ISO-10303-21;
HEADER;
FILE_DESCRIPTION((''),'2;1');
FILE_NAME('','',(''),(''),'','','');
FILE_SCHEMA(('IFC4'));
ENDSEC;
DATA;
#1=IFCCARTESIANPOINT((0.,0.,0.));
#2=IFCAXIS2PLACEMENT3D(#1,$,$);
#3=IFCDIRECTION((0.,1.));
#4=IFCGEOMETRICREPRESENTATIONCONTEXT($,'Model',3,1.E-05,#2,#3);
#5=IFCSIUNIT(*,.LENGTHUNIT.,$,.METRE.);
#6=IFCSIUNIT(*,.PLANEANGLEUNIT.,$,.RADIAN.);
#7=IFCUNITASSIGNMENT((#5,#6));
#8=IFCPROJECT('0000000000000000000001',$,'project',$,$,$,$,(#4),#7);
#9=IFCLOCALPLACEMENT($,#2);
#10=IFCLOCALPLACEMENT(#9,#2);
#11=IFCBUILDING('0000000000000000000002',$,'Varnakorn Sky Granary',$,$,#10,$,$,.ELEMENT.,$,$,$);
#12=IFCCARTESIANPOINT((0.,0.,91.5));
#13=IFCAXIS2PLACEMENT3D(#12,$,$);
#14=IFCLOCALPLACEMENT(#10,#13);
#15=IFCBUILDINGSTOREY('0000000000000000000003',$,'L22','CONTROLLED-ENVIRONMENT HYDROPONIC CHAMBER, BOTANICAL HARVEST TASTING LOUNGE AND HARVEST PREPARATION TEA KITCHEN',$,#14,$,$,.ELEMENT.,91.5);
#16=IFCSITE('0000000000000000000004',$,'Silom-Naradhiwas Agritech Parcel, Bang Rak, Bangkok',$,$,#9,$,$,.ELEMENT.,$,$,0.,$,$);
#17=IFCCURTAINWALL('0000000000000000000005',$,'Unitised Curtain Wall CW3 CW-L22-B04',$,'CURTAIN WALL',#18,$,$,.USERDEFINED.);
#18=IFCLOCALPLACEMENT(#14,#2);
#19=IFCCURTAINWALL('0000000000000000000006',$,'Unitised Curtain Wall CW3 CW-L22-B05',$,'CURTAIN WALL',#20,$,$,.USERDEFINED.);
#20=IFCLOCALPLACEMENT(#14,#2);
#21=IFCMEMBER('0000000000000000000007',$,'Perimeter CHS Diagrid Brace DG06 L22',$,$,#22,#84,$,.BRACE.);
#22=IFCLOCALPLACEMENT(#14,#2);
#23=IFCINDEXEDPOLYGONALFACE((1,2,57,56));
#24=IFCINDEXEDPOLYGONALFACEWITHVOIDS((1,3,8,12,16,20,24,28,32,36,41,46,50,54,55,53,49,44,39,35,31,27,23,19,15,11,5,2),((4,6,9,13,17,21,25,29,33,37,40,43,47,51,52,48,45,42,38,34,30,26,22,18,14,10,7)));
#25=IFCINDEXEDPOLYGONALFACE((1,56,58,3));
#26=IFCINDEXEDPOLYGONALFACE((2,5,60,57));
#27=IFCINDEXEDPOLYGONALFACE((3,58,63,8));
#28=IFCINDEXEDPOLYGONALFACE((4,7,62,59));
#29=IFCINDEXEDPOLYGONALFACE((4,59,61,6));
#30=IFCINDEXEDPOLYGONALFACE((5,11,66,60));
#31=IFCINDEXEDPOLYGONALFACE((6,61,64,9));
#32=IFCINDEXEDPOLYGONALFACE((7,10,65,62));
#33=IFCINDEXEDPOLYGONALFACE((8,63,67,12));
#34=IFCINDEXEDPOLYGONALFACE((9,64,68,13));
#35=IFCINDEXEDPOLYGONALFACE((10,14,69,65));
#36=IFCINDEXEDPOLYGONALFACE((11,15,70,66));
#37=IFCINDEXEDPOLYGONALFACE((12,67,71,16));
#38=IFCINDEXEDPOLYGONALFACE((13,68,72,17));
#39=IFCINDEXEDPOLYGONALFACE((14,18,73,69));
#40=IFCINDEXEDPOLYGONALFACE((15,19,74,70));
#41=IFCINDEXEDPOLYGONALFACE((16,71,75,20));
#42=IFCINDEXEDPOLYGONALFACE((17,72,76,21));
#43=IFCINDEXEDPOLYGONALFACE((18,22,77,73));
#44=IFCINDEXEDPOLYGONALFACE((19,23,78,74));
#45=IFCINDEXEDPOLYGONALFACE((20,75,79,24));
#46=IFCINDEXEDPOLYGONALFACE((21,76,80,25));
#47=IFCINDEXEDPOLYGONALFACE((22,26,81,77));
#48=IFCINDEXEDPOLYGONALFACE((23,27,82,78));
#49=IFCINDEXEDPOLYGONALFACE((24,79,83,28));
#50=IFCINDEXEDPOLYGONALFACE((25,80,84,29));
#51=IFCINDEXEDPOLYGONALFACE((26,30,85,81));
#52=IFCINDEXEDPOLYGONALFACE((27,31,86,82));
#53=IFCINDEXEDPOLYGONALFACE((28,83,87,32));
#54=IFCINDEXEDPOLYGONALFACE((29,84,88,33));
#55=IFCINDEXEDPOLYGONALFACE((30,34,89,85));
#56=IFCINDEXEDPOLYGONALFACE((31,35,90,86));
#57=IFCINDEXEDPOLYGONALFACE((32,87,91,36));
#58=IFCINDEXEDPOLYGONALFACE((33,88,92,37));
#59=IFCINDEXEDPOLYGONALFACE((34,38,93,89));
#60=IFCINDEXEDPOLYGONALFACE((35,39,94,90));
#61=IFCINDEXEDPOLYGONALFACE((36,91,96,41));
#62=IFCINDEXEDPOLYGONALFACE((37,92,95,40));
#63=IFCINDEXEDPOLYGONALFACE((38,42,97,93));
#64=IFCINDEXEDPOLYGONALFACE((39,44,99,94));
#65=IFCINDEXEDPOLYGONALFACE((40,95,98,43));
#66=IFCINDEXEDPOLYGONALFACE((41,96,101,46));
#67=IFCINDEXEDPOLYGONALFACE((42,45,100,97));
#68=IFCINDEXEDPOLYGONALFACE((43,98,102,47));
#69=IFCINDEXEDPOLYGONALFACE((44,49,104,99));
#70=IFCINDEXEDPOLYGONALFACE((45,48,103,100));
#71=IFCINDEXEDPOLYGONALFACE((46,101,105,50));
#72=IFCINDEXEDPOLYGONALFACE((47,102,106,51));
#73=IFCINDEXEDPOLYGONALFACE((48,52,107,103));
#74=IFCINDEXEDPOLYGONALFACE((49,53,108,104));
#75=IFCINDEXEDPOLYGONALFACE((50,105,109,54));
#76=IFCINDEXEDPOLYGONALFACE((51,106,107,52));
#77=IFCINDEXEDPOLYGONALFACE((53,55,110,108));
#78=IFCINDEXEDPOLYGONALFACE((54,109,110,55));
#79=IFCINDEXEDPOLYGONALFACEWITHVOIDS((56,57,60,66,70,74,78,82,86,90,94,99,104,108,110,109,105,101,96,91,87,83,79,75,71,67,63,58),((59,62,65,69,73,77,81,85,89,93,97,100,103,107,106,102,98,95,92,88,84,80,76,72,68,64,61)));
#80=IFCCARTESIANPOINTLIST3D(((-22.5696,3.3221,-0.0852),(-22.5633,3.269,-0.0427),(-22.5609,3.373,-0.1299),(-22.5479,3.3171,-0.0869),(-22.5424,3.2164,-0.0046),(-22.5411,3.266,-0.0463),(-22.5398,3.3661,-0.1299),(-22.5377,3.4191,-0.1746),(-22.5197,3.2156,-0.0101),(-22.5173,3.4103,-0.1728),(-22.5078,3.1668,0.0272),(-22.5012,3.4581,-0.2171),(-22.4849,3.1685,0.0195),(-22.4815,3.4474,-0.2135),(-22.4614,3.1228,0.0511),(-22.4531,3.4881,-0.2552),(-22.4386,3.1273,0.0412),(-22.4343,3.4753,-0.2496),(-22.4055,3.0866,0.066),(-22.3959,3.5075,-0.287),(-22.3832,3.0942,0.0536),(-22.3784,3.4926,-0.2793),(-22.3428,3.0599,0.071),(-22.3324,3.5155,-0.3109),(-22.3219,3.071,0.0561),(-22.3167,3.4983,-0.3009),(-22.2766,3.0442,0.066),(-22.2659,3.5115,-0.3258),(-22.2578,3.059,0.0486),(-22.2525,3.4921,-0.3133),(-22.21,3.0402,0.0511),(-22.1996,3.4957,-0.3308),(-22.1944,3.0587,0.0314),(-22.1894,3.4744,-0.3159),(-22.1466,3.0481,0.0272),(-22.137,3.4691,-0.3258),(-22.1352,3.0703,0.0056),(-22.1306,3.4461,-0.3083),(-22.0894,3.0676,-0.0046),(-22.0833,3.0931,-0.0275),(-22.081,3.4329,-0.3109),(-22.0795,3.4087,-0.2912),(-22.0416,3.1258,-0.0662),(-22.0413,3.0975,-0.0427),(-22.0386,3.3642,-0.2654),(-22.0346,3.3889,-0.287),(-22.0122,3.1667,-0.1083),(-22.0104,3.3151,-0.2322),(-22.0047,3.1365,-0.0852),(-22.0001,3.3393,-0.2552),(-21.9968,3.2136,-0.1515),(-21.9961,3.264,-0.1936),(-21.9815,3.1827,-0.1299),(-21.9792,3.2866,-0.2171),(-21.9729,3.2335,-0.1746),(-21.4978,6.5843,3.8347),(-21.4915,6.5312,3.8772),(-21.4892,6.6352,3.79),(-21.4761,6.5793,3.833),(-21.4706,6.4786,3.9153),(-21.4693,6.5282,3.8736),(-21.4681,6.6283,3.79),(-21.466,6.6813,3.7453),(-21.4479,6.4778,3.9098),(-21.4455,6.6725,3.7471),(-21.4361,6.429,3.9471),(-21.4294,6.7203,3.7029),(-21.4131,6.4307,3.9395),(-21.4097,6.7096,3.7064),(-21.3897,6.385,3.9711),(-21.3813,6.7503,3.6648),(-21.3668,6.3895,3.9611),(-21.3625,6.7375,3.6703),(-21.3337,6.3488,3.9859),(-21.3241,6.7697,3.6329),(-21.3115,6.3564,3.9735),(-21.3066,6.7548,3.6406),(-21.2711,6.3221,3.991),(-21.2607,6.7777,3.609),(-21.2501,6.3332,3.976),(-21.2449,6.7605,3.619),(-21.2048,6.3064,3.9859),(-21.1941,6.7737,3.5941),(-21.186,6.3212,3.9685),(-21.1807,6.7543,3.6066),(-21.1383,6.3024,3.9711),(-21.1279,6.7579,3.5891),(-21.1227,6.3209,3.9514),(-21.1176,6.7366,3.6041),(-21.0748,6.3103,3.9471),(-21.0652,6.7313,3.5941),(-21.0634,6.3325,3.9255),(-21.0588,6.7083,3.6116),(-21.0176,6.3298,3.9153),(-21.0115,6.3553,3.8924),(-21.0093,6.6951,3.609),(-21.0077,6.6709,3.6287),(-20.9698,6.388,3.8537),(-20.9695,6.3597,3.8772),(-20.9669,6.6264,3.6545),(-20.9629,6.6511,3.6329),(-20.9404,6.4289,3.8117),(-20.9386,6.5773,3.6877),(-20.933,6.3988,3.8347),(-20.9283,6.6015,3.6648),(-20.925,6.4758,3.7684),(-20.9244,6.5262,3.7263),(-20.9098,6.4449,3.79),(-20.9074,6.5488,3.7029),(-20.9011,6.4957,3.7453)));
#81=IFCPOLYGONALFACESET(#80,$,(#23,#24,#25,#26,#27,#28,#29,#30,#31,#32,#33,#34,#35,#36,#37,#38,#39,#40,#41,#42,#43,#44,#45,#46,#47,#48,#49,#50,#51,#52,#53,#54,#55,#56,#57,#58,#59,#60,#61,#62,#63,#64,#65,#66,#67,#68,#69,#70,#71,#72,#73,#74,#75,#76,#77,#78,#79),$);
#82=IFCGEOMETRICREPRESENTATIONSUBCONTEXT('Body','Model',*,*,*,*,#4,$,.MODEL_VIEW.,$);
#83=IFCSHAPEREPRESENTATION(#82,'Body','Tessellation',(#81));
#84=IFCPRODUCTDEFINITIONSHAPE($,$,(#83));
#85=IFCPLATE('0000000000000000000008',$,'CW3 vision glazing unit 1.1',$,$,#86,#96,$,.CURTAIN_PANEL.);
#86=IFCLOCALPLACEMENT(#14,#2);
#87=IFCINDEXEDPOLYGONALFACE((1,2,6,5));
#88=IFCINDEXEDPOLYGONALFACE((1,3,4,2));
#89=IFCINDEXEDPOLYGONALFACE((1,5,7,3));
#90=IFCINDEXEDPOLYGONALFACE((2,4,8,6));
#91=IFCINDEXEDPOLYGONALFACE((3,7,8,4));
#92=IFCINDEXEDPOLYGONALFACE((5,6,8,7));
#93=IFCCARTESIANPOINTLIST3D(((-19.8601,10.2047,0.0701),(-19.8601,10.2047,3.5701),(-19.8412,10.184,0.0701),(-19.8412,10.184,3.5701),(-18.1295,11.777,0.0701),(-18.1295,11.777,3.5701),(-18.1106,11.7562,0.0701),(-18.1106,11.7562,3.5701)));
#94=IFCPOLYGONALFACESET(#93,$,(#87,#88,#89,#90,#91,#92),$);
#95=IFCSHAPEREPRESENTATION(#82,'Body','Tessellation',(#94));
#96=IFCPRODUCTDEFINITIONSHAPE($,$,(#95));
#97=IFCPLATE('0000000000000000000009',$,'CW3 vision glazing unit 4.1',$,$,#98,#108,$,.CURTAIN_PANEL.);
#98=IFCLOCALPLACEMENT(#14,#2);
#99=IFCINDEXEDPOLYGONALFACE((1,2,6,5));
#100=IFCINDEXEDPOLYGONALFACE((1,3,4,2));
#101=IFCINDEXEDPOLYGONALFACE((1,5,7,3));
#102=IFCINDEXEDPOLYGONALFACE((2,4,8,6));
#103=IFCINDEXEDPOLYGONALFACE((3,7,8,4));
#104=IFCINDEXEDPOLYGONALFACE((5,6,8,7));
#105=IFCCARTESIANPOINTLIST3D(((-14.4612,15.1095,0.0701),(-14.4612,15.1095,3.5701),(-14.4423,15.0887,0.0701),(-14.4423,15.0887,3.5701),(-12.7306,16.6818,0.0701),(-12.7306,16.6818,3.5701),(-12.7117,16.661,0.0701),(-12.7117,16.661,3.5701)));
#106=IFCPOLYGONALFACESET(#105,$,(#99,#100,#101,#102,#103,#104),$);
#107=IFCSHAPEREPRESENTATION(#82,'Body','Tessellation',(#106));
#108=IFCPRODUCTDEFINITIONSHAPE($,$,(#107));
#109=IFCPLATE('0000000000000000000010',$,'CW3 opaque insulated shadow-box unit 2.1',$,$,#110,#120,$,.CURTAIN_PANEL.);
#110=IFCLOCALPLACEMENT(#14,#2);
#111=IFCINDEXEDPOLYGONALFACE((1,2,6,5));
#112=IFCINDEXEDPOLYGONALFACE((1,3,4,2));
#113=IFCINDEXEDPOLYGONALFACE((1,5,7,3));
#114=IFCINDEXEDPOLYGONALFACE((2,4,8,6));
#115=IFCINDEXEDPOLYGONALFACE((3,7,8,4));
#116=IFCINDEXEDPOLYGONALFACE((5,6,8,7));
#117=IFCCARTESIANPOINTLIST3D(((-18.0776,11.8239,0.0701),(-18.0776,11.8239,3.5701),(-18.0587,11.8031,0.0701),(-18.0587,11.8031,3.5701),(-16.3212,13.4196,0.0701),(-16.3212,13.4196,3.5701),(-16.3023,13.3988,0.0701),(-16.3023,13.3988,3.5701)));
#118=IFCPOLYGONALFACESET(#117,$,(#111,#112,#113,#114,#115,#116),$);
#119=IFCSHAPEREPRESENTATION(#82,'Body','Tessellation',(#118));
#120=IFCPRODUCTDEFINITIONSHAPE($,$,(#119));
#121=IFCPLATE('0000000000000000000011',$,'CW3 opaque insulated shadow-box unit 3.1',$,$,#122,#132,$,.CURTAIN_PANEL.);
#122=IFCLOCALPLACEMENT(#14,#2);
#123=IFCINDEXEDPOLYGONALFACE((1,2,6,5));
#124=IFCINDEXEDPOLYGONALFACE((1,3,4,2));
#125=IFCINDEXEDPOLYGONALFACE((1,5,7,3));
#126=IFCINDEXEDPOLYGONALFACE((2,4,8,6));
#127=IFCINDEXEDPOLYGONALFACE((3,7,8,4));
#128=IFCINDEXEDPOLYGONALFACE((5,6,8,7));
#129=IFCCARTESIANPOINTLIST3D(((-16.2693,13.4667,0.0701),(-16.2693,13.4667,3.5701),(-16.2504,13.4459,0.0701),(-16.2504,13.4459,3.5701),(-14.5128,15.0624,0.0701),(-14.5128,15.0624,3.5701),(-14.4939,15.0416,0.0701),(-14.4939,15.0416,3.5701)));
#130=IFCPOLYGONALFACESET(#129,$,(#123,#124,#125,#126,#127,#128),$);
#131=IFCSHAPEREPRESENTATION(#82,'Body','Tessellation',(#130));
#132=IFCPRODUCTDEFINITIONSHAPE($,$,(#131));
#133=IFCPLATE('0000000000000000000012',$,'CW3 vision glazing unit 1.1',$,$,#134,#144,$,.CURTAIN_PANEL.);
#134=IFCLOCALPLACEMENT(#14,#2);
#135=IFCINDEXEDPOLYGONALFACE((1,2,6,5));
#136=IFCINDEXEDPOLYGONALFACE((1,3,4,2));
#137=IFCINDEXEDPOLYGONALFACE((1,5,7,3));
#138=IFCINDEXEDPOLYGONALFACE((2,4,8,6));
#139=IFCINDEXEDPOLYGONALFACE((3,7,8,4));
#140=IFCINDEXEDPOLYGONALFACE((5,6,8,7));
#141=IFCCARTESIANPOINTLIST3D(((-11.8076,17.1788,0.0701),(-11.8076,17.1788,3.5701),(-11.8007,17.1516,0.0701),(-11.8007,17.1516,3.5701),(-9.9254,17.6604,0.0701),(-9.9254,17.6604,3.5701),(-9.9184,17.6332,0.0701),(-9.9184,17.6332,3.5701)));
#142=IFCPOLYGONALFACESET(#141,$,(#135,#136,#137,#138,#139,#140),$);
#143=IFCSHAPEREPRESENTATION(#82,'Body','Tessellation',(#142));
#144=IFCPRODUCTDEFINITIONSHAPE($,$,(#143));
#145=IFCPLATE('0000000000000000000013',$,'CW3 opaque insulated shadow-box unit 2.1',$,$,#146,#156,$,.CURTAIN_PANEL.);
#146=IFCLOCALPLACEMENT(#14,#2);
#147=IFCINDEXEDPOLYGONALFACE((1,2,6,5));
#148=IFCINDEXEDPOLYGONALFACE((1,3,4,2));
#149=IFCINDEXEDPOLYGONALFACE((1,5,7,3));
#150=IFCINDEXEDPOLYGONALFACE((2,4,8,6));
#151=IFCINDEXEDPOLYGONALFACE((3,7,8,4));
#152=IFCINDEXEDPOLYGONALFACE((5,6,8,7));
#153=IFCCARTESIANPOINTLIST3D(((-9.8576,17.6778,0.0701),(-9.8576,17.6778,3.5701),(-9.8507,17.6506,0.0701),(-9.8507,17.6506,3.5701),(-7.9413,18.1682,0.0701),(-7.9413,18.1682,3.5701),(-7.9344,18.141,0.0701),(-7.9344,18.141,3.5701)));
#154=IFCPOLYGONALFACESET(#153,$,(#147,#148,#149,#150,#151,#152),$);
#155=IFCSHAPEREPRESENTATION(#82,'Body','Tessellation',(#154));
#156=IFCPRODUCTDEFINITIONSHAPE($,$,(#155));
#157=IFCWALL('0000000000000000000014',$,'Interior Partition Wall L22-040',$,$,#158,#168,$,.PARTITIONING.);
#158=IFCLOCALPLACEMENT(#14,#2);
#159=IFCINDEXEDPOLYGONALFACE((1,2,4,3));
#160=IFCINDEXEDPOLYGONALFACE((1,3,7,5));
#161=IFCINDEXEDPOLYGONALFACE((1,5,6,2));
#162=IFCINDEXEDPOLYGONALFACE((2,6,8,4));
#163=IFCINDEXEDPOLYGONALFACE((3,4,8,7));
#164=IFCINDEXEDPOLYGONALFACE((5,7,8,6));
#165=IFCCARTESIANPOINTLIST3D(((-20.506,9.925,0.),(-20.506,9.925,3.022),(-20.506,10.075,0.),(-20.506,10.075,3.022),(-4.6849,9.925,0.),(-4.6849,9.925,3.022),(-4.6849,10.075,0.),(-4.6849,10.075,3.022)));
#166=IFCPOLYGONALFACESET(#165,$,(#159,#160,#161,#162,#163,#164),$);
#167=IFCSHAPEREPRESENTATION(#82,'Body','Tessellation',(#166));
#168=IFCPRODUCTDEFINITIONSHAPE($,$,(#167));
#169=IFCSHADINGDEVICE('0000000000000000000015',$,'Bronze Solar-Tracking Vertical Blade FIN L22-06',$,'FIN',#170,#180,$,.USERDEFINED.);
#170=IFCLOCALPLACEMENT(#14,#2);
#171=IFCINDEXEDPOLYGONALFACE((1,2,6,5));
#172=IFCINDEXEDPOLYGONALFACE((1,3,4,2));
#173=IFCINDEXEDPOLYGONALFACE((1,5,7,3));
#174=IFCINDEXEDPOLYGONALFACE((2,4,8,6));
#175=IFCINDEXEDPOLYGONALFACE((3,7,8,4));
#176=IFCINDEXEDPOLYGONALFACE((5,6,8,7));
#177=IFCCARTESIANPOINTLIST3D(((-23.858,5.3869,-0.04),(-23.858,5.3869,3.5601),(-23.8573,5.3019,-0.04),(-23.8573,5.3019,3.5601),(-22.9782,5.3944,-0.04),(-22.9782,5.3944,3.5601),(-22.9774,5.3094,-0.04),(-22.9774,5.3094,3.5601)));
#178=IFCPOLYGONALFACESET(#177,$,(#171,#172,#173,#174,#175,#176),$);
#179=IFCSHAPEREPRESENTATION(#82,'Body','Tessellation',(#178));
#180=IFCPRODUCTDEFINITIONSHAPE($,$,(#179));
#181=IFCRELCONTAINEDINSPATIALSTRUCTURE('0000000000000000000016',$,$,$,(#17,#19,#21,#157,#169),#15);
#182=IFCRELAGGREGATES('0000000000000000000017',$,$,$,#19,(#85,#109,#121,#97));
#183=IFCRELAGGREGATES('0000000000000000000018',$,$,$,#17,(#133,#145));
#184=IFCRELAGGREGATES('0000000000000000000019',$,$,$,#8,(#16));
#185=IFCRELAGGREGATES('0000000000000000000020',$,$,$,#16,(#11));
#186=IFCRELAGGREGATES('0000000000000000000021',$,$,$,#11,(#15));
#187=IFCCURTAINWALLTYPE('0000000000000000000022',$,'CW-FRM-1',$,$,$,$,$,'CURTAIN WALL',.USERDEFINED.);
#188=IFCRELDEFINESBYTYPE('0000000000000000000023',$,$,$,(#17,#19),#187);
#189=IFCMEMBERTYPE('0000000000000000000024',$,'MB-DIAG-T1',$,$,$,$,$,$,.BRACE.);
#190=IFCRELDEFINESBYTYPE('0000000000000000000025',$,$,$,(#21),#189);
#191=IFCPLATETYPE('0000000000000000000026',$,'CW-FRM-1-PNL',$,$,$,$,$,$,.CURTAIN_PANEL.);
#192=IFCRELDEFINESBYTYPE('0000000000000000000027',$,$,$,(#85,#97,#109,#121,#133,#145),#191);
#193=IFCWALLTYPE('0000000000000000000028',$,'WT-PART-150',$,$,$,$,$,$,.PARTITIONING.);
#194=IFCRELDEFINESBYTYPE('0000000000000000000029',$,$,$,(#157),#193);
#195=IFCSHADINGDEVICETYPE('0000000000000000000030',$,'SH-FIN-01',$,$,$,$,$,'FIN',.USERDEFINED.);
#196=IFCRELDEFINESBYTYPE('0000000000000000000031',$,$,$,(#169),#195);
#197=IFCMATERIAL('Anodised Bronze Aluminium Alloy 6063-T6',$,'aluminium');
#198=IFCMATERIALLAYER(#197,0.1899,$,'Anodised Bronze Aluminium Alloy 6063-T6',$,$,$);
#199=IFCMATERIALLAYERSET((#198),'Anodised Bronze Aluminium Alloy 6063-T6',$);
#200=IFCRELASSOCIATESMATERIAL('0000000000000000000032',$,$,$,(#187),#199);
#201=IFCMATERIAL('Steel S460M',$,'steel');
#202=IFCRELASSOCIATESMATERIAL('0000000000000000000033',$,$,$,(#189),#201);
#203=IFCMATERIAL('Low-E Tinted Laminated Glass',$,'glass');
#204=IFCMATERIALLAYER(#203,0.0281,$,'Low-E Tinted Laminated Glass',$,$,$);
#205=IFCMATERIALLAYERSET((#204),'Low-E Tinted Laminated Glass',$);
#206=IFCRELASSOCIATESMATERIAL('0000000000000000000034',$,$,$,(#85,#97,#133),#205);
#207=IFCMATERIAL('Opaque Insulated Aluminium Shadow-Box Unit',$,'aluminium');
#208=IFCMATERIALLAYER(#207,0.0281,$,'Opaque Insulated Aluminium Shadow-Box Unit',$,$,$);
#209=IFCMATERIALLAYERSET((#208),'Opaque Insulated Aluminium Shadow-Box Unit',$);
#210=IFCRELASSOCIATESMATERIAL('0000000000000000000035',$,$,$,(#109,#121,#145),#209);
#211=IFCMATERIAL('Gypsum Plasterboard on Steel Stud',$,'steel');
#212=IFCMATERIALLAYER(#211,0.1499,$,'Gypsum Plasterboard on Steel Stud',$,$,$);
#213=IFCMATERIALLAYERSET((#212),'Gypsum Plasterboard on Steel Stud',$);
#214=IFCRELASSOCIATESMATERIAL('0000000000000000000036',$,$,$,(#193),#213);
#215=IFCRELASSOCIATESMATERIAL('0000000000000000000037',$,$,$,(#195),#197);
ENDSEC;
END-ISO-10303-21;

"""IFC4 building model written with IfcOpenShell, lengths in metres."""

from ifc_helpers import new_model, si_unit, direction, frame, frame_2d, origin, origin_2d, place, context, subcontext, project, spatial, rectangle, hollow_circle, extrude, source, transform, mapped, material, layer, layer_set, material_profile, profile_set, type_object, type_shapes, element, aggregate, save


model = new_model("IFC4")

# Units and contexts
model_context = context("Model", 3, precision=1e-05, world=origin(), true_north=direction((0.0, 1.0)))
body_context = subcontext(model_context, "Body", "Model", "MODEL_VIEW")
ifc_project = project(units=[si_unit("LENGTHUNIT", "METRE"), si_unit("PLANEANGLEUNIT", "RADIAN")], contexts=[model_context])

# Site, building, storey
site_placement = place(None, origin())
site = spatial("IfcSite", under=ifc_project, at=site_placement, Name="Silom-Naradhiwas Agritech Parcel, Bang Rak, Bangkok", CompositionType="ELEMENT", RefElevation=0.0)
building_placement = place(site_placement, origin())
building = spatial("IfcBuilding", under=site, at=building_placement, Name="Varnakorn Sky Granary", CompositionType="ELEMENT")
storey_placement = place(building_placement, frame((0.0, 0.0, 91.5)))
storey = spatial("IfcBuildingStorey", under=building, at=storey_placement, Name="L22", Description="CONTROLLED-ENVIRONMENT HYDROPONIC CHAMBER, BOTANICAL HARVEST TASTING LOUNGE AND HARVEST PREPARATION TEA KITCHEN", CompositionType="ELEMENT", Elevation=91.5)

# Shared definitions
ifc_material_1 = material(Name="Steel S460M", Category="steel")

# Curtain walls
ifc_material_2 = material(Name="Anodised Bronze Aluminium Alloy 6063-T6", Category="aluminium")
ifc_layer_1 = layer(ifc_material_2, 0.1899, Name="Anodised Bronze Aluminium Alloy 6063-T6")
ifc_layer_set_1 = layer_set([ifc_layer_1], Name="Anodised Bronze Aluminium Alloy 6063-T6")
curtain_wall_type = type_object("IfcCurtainWallType", Name="CW-FRM-1", ElementType="CURTAIN WALL", PredefinedType="USERDEFINED", material=ifc_layer_set_1)
curtain_wall_1_placement = place(storey_placement, origin())
curtain_wall_1 = element("IfcCurtainWall", 1, at=curtain_wall_1_placement, inside=storey, type_object=curtain_wall_type, Name="Unitised Curtain Wall CW3 CW-L22-B04", ObjectType="CURTAIN WALL", PredefinedType="USERDEFINED")
curtain_wall_2_placement = place(storey_placement, origin())
curtain_wall_2 = element("IfcCurtainWall", 2, at=curtain_wall_2_placement, inside=storey, type_object=curtain_wall_type, Name="Unitised Curtain Wall CW3 CW-L22-B05", ObjectType="CURTAIN WALL", PredefinedType="USERDEFINED")

# Member
ifc_material_profile_1 = material_profile(ifc_material_1, hollow_circle(Radius=0.3049, WallThickness=0.0222, at=origin_2d()), Name="CHS 610x22")
ifc_profile_set_1 = profile_set([ifc_material_profile_1], Name="Steel S460M")
member_type_1 = type_object("IfcMemberType", Name="MB-DIAG-T1", PredefinedType="BRACE", material=ifc_profile_set_1)
member_1_placement = place(storey_placement, frame((-22.2712, 3.2778, -0.1299), z_axis=(0.205668, 0.626001, 0.752213), x_axis=(-0.95004, 0.312129, 0.0)))
element("IfcMember", 3, at=member_1_placement, inside=storey, type_object=member_type_1, Name="Perimeter CHS Diagrid Brace DG06 L22", PredefinedType="BRACE", context=body_context, shape_type="SweptSolid", body=[
    extrude(hollow_circle(Radius=0.3049, WallThickness=0.0222, at=origin_2d()), origin(), (0.0, 0.0, 1.0), 5.2112),
])

# Plates
ifc_material_3 = material(Name="Low-E Tinted Laminated Glass", Category="glass")
ifc_layer_2 = layer(ifc_material_3, 0.0281, Name="Low-E Tinted Laminated Glass")
ifc_layer_set_2 = layer_set([ifc_layer_2], Name="Low-E Tinted Laminated Glass")
plate_type = type_object("IfcPlateType", Name="CW-FRM-1-PNL", PredefinedType="CURTAIN_PANEL")
shared_shape_1 = source(origin(), body_context, "Body", "SweptSolid", [
    extrude(rectangle(XDim=2.3381, YDim=0.0281, at=origin_2d()), origin(), (0.0, 0.0, 1.0), 3.5),
])
plate_1_placement = place(storey_placement, frame((-18.9854, 10.9805, 0.0701), z_axis=(0.0, 0.0, 1.0), x_axis=(0.740161, 0.672429, 0.0)))
plate_1 = element("IfcPlate", 4, at=plate_1_placement, type_object=plate_type, material=ifc_layer_set_2, Name="CW3 vision glazing unit 1.1", PredefinedType="CURTAIN_PANEL", context=body_context, shape_type="MappedRepresentation", body=[
    mapped(shared_shape_1, transform((0.0, 0.0, 0.0), x_axis=(1.0, 0.0, 0.0), y_axis=(0.0, 1.0, 0.0), z_axis=(0.0, 0.0, 1.0), scale=1.0)),
])
plate_2_placement = place(storey_placement, frame((-13.5864, 15.8853, 0.0701), z_axis=(0.0, 0.0, 1.0), x_axis=(0.740161, 0.672429, 0.0)))
plate_2 = element("IfcPlate", 5, at=plate_2_placement, type_object=plate_type, material=ifc_layer_set_2, Name="CW3 vision glazing unit 4.1", PredefinedType="CURTAIN_PANEL", context=body_context, shape_type="MappedRepresentation", body=[
    mapped(shared_shape_1, transform((0.0, 0.0, 0.0), x_axis=(1.0, 0.0, 0.0), y_axis=(0.0, 1.0, 0.0), z_axis=(0.0, 0.0, 1.0), scale=1.0)),
])
ifc_material_4 = material(Name="Opaque Insulated Aluminium Shadow-Box Unit", Category="aluminium")
ifc_layer_3 = layer(ifc_material_4, 0.0281, Name="Opaque Insulated Aluminium Shadow-Box Unit")
ifc_layer_set_3 = layer_set([ifc_layer_3], Name="Opaque Insulated Aluminium Shadow-Box Unit")
shared_shape_2 = source(origin(), body_context, "Body", "SweptSolid", [
    extrude(rectangle(XDim=2.373, YDim=0.0281, at=origin_2d()), origin(), (0.0, 0.0, 1.0), 3.5),
])
plate_3_placement = place(storey_placement, frame((-17.1899, 12.6113, 0.0701), z_axis=(0.0, 0.0, 1.0), x_axis=(0.740161, 0.672429, 0.0)))
plate_3 = element("IfcPlate", 6, at=plate_3_placement, type_object=plate_type, material=ifc_layer_set_3, Name="CW3 opaque insulated shadow-box unit 2.1", PredefinedType="CURTAIN_PANEL", context=body_context, shape_type="MappedRepresentation", body=[
    mapped(shared_shape_2, transform((0.0, 0.0, 0.0), x_axis=(1.0, 0.0, 0.0), y_axis=(0.0, 1.0, 0.0), z_axis=(0.0, 0.0, 1.0), scale=1.0)),
])
plate_4_placement = place(storey_placement, frame((-15.3816, 14.2542, 0.0701), z_axis=(0.0, 0.0, 1.0), x_axis=(0.740161, 0.672429, 0.0)))
plate_4 = element("IfcPlate", 7, at=plate_4_placement, type_object=plate_type, material=ifc_layer_set_3, Name="CW3 opaque insulated shadow-box unit 3.1", PredefinedType="CURTAIN_PANEL", context=body_context, shape_type="MappedRepresentation", body=[
    mapped(shared_shape_2, transform((0.0, 0.0, 0.0), x_axis=(1.0, 0.0, 0.0), y_axis=(0.0, 1.0, 0.0), z_axis=(0.0, 0.0, 1.0), scale=1.0)),
])
aggregate(curtain_wall_2, [plate_1, plate_3, plate_4, plate_2])
shared_shape_3 = source(origin(), body_context, "Body", "SweptSolid", [
    extrude(rectangle(XDim=1.9429, YDim=0.0281, at=origin_2d()), origin(), (0.0, 0.0, 1.0), 3.5),
])
plate_5_placement = place(storey_placement, frame((-10.863, 17.406, 0.0701), z_axis=(0.0, 0.0, 1.0), x_axis=(0.968785, 0.247904, 0.0)))
plate_5 = element("IfcPlate", 8, at=plate_5_placement, type_object=plate_type, material=ifc_layer_set_2, Name="CW3 vision glazing unit 1.1", PredefinedType="CURTAIN_PANEL", context=body_context, shape_type="MappedRepresentation", body=[
    mapped(shared_shape_3, transform((0.0, 0.0, 0.0), x_axis=(1.0, 0.0, 0.0), y_axis=(0.0, 1.0, 0.0), z_axis=(0.0, 0.0, 1.0), scale=1.0)),
])
shared_shape_4 = source(origin(), body_context, "Body", "SweptSolid", [
    extrude(rectangle(XDim=1.978, YDim=0.0281, at=origin_2d()), origin(), (0.0, 0.0, 1.0), 3.5),
])
type_shapes(plate_type, [shared_shape_1, shared_shape_2, shared_shape_3, shared_shape_4])
plate_6_placement = place(storey_placement, frame((-8.896, 17.9094, 0.0701), z_axis=(0.0, 0.0, 1.0), x_axis=(0.968785, 0.247904, 0.0)))
plate_6 = element("IfcPlate", 9, at=plate_6_placement, type_object=plate_type, material=ifc_layer_set_3, Name="CW3 opaque insulated shadow-box unit 2.1", PredefinedType="CURTAIN_PANEL", context=body_context, shape_type="MappedRepresentation", body=[
    mapped(shared_shape_4, transform((0.0, 0.0, 0.0), x_axis=(1.0, 0.0, 0.0), y_axis=(0.0, 1.0, 0.0), z_axis=(0.0, 0.0, 1.0), scale=1.0)),
])
aggregate(curtain_wall_1, [plate_5, plate_6])

# Wall
ifc_material_5 = material(Name="Gypsum Plasterboard on Steel Stud", Category="steel")
ifc_layer_4 = layer(ifc_material_5, 0.1499, Name="Gypsum Plasterboard on Steel Stud")
ifc_layer_set_4 = layer_set([ifc_layer_4], Name="Gypsum Plasterboard on Steel Stud")
wall_type = type_object("IfcWallType", Name="WT-PART-150", PredefinedType="PARTITIONING", material=ifc_layer_set_4)
wall_placement = place(storey_placement, frame((-20.5061, 10.0, 0.0), z_axis=(0.0, 0.0, 1.0), x_axis=(1.0, 0.0, 0.0)))
element("IfcWall", 10, at=wall_placement, inside=storey, type_object=wall_type, Name="Interior Partition Wall L22-040", PredefinedType="PARTITIONING", context=body_context, shape_type="SweptSolid", body=[
    extrude(rectangle(XDim=15.821, YDim=0.1499, at=frame_2d((7.9106, 0.0))), origin(), (0.0, 0.0, 1.0), 3.022),
])

# Shading device
shading_device_type = type_object("IfcShadingDeviceType", Name="SH-FIN-01", ElementType="FIN", PredefinedType="USERDEFINED", material=ifc_material_2)
shared_shape_5 = source(origin(), body_context, "Body", "SweptSolid", [
    extrude(rectangle(XDim=0.085, YDim=0.8799, at=origin_2d()), origin(), (0.0, 0.0, 1.0), 3.6001),
])
type_shapes(shading_device_type, [shared_shape_5])
shading_device_placement = place(storey_placement, frame((-23.4177, 5.3481, -0.04), z_axis=(0.0, 0.0, 1.0), x_axis=(0.008539, -0.999964, 0.0)))
element("IfcShadingDevice", 11, at=shading_device_placement, inside=storey, type_object=shading_device_type, Name="Bronze Solar-Tracking Vertical Blade FIN L22-06", ObjectType="FIN", PredefinedType="USERDEFINED", context=body_context, shape_type="MappedRepresentation", body=[
    mapped(shared_shape_5, transform((0.0, 0.0, 0.0), x_axis=(1.0, 0.0, 0.0), y_axis=(0.0, 1.0, 0.0), z_axis=(0.0, 0.0, 1.0), scale=1.0)),
])

save(model, "model.ifc")
